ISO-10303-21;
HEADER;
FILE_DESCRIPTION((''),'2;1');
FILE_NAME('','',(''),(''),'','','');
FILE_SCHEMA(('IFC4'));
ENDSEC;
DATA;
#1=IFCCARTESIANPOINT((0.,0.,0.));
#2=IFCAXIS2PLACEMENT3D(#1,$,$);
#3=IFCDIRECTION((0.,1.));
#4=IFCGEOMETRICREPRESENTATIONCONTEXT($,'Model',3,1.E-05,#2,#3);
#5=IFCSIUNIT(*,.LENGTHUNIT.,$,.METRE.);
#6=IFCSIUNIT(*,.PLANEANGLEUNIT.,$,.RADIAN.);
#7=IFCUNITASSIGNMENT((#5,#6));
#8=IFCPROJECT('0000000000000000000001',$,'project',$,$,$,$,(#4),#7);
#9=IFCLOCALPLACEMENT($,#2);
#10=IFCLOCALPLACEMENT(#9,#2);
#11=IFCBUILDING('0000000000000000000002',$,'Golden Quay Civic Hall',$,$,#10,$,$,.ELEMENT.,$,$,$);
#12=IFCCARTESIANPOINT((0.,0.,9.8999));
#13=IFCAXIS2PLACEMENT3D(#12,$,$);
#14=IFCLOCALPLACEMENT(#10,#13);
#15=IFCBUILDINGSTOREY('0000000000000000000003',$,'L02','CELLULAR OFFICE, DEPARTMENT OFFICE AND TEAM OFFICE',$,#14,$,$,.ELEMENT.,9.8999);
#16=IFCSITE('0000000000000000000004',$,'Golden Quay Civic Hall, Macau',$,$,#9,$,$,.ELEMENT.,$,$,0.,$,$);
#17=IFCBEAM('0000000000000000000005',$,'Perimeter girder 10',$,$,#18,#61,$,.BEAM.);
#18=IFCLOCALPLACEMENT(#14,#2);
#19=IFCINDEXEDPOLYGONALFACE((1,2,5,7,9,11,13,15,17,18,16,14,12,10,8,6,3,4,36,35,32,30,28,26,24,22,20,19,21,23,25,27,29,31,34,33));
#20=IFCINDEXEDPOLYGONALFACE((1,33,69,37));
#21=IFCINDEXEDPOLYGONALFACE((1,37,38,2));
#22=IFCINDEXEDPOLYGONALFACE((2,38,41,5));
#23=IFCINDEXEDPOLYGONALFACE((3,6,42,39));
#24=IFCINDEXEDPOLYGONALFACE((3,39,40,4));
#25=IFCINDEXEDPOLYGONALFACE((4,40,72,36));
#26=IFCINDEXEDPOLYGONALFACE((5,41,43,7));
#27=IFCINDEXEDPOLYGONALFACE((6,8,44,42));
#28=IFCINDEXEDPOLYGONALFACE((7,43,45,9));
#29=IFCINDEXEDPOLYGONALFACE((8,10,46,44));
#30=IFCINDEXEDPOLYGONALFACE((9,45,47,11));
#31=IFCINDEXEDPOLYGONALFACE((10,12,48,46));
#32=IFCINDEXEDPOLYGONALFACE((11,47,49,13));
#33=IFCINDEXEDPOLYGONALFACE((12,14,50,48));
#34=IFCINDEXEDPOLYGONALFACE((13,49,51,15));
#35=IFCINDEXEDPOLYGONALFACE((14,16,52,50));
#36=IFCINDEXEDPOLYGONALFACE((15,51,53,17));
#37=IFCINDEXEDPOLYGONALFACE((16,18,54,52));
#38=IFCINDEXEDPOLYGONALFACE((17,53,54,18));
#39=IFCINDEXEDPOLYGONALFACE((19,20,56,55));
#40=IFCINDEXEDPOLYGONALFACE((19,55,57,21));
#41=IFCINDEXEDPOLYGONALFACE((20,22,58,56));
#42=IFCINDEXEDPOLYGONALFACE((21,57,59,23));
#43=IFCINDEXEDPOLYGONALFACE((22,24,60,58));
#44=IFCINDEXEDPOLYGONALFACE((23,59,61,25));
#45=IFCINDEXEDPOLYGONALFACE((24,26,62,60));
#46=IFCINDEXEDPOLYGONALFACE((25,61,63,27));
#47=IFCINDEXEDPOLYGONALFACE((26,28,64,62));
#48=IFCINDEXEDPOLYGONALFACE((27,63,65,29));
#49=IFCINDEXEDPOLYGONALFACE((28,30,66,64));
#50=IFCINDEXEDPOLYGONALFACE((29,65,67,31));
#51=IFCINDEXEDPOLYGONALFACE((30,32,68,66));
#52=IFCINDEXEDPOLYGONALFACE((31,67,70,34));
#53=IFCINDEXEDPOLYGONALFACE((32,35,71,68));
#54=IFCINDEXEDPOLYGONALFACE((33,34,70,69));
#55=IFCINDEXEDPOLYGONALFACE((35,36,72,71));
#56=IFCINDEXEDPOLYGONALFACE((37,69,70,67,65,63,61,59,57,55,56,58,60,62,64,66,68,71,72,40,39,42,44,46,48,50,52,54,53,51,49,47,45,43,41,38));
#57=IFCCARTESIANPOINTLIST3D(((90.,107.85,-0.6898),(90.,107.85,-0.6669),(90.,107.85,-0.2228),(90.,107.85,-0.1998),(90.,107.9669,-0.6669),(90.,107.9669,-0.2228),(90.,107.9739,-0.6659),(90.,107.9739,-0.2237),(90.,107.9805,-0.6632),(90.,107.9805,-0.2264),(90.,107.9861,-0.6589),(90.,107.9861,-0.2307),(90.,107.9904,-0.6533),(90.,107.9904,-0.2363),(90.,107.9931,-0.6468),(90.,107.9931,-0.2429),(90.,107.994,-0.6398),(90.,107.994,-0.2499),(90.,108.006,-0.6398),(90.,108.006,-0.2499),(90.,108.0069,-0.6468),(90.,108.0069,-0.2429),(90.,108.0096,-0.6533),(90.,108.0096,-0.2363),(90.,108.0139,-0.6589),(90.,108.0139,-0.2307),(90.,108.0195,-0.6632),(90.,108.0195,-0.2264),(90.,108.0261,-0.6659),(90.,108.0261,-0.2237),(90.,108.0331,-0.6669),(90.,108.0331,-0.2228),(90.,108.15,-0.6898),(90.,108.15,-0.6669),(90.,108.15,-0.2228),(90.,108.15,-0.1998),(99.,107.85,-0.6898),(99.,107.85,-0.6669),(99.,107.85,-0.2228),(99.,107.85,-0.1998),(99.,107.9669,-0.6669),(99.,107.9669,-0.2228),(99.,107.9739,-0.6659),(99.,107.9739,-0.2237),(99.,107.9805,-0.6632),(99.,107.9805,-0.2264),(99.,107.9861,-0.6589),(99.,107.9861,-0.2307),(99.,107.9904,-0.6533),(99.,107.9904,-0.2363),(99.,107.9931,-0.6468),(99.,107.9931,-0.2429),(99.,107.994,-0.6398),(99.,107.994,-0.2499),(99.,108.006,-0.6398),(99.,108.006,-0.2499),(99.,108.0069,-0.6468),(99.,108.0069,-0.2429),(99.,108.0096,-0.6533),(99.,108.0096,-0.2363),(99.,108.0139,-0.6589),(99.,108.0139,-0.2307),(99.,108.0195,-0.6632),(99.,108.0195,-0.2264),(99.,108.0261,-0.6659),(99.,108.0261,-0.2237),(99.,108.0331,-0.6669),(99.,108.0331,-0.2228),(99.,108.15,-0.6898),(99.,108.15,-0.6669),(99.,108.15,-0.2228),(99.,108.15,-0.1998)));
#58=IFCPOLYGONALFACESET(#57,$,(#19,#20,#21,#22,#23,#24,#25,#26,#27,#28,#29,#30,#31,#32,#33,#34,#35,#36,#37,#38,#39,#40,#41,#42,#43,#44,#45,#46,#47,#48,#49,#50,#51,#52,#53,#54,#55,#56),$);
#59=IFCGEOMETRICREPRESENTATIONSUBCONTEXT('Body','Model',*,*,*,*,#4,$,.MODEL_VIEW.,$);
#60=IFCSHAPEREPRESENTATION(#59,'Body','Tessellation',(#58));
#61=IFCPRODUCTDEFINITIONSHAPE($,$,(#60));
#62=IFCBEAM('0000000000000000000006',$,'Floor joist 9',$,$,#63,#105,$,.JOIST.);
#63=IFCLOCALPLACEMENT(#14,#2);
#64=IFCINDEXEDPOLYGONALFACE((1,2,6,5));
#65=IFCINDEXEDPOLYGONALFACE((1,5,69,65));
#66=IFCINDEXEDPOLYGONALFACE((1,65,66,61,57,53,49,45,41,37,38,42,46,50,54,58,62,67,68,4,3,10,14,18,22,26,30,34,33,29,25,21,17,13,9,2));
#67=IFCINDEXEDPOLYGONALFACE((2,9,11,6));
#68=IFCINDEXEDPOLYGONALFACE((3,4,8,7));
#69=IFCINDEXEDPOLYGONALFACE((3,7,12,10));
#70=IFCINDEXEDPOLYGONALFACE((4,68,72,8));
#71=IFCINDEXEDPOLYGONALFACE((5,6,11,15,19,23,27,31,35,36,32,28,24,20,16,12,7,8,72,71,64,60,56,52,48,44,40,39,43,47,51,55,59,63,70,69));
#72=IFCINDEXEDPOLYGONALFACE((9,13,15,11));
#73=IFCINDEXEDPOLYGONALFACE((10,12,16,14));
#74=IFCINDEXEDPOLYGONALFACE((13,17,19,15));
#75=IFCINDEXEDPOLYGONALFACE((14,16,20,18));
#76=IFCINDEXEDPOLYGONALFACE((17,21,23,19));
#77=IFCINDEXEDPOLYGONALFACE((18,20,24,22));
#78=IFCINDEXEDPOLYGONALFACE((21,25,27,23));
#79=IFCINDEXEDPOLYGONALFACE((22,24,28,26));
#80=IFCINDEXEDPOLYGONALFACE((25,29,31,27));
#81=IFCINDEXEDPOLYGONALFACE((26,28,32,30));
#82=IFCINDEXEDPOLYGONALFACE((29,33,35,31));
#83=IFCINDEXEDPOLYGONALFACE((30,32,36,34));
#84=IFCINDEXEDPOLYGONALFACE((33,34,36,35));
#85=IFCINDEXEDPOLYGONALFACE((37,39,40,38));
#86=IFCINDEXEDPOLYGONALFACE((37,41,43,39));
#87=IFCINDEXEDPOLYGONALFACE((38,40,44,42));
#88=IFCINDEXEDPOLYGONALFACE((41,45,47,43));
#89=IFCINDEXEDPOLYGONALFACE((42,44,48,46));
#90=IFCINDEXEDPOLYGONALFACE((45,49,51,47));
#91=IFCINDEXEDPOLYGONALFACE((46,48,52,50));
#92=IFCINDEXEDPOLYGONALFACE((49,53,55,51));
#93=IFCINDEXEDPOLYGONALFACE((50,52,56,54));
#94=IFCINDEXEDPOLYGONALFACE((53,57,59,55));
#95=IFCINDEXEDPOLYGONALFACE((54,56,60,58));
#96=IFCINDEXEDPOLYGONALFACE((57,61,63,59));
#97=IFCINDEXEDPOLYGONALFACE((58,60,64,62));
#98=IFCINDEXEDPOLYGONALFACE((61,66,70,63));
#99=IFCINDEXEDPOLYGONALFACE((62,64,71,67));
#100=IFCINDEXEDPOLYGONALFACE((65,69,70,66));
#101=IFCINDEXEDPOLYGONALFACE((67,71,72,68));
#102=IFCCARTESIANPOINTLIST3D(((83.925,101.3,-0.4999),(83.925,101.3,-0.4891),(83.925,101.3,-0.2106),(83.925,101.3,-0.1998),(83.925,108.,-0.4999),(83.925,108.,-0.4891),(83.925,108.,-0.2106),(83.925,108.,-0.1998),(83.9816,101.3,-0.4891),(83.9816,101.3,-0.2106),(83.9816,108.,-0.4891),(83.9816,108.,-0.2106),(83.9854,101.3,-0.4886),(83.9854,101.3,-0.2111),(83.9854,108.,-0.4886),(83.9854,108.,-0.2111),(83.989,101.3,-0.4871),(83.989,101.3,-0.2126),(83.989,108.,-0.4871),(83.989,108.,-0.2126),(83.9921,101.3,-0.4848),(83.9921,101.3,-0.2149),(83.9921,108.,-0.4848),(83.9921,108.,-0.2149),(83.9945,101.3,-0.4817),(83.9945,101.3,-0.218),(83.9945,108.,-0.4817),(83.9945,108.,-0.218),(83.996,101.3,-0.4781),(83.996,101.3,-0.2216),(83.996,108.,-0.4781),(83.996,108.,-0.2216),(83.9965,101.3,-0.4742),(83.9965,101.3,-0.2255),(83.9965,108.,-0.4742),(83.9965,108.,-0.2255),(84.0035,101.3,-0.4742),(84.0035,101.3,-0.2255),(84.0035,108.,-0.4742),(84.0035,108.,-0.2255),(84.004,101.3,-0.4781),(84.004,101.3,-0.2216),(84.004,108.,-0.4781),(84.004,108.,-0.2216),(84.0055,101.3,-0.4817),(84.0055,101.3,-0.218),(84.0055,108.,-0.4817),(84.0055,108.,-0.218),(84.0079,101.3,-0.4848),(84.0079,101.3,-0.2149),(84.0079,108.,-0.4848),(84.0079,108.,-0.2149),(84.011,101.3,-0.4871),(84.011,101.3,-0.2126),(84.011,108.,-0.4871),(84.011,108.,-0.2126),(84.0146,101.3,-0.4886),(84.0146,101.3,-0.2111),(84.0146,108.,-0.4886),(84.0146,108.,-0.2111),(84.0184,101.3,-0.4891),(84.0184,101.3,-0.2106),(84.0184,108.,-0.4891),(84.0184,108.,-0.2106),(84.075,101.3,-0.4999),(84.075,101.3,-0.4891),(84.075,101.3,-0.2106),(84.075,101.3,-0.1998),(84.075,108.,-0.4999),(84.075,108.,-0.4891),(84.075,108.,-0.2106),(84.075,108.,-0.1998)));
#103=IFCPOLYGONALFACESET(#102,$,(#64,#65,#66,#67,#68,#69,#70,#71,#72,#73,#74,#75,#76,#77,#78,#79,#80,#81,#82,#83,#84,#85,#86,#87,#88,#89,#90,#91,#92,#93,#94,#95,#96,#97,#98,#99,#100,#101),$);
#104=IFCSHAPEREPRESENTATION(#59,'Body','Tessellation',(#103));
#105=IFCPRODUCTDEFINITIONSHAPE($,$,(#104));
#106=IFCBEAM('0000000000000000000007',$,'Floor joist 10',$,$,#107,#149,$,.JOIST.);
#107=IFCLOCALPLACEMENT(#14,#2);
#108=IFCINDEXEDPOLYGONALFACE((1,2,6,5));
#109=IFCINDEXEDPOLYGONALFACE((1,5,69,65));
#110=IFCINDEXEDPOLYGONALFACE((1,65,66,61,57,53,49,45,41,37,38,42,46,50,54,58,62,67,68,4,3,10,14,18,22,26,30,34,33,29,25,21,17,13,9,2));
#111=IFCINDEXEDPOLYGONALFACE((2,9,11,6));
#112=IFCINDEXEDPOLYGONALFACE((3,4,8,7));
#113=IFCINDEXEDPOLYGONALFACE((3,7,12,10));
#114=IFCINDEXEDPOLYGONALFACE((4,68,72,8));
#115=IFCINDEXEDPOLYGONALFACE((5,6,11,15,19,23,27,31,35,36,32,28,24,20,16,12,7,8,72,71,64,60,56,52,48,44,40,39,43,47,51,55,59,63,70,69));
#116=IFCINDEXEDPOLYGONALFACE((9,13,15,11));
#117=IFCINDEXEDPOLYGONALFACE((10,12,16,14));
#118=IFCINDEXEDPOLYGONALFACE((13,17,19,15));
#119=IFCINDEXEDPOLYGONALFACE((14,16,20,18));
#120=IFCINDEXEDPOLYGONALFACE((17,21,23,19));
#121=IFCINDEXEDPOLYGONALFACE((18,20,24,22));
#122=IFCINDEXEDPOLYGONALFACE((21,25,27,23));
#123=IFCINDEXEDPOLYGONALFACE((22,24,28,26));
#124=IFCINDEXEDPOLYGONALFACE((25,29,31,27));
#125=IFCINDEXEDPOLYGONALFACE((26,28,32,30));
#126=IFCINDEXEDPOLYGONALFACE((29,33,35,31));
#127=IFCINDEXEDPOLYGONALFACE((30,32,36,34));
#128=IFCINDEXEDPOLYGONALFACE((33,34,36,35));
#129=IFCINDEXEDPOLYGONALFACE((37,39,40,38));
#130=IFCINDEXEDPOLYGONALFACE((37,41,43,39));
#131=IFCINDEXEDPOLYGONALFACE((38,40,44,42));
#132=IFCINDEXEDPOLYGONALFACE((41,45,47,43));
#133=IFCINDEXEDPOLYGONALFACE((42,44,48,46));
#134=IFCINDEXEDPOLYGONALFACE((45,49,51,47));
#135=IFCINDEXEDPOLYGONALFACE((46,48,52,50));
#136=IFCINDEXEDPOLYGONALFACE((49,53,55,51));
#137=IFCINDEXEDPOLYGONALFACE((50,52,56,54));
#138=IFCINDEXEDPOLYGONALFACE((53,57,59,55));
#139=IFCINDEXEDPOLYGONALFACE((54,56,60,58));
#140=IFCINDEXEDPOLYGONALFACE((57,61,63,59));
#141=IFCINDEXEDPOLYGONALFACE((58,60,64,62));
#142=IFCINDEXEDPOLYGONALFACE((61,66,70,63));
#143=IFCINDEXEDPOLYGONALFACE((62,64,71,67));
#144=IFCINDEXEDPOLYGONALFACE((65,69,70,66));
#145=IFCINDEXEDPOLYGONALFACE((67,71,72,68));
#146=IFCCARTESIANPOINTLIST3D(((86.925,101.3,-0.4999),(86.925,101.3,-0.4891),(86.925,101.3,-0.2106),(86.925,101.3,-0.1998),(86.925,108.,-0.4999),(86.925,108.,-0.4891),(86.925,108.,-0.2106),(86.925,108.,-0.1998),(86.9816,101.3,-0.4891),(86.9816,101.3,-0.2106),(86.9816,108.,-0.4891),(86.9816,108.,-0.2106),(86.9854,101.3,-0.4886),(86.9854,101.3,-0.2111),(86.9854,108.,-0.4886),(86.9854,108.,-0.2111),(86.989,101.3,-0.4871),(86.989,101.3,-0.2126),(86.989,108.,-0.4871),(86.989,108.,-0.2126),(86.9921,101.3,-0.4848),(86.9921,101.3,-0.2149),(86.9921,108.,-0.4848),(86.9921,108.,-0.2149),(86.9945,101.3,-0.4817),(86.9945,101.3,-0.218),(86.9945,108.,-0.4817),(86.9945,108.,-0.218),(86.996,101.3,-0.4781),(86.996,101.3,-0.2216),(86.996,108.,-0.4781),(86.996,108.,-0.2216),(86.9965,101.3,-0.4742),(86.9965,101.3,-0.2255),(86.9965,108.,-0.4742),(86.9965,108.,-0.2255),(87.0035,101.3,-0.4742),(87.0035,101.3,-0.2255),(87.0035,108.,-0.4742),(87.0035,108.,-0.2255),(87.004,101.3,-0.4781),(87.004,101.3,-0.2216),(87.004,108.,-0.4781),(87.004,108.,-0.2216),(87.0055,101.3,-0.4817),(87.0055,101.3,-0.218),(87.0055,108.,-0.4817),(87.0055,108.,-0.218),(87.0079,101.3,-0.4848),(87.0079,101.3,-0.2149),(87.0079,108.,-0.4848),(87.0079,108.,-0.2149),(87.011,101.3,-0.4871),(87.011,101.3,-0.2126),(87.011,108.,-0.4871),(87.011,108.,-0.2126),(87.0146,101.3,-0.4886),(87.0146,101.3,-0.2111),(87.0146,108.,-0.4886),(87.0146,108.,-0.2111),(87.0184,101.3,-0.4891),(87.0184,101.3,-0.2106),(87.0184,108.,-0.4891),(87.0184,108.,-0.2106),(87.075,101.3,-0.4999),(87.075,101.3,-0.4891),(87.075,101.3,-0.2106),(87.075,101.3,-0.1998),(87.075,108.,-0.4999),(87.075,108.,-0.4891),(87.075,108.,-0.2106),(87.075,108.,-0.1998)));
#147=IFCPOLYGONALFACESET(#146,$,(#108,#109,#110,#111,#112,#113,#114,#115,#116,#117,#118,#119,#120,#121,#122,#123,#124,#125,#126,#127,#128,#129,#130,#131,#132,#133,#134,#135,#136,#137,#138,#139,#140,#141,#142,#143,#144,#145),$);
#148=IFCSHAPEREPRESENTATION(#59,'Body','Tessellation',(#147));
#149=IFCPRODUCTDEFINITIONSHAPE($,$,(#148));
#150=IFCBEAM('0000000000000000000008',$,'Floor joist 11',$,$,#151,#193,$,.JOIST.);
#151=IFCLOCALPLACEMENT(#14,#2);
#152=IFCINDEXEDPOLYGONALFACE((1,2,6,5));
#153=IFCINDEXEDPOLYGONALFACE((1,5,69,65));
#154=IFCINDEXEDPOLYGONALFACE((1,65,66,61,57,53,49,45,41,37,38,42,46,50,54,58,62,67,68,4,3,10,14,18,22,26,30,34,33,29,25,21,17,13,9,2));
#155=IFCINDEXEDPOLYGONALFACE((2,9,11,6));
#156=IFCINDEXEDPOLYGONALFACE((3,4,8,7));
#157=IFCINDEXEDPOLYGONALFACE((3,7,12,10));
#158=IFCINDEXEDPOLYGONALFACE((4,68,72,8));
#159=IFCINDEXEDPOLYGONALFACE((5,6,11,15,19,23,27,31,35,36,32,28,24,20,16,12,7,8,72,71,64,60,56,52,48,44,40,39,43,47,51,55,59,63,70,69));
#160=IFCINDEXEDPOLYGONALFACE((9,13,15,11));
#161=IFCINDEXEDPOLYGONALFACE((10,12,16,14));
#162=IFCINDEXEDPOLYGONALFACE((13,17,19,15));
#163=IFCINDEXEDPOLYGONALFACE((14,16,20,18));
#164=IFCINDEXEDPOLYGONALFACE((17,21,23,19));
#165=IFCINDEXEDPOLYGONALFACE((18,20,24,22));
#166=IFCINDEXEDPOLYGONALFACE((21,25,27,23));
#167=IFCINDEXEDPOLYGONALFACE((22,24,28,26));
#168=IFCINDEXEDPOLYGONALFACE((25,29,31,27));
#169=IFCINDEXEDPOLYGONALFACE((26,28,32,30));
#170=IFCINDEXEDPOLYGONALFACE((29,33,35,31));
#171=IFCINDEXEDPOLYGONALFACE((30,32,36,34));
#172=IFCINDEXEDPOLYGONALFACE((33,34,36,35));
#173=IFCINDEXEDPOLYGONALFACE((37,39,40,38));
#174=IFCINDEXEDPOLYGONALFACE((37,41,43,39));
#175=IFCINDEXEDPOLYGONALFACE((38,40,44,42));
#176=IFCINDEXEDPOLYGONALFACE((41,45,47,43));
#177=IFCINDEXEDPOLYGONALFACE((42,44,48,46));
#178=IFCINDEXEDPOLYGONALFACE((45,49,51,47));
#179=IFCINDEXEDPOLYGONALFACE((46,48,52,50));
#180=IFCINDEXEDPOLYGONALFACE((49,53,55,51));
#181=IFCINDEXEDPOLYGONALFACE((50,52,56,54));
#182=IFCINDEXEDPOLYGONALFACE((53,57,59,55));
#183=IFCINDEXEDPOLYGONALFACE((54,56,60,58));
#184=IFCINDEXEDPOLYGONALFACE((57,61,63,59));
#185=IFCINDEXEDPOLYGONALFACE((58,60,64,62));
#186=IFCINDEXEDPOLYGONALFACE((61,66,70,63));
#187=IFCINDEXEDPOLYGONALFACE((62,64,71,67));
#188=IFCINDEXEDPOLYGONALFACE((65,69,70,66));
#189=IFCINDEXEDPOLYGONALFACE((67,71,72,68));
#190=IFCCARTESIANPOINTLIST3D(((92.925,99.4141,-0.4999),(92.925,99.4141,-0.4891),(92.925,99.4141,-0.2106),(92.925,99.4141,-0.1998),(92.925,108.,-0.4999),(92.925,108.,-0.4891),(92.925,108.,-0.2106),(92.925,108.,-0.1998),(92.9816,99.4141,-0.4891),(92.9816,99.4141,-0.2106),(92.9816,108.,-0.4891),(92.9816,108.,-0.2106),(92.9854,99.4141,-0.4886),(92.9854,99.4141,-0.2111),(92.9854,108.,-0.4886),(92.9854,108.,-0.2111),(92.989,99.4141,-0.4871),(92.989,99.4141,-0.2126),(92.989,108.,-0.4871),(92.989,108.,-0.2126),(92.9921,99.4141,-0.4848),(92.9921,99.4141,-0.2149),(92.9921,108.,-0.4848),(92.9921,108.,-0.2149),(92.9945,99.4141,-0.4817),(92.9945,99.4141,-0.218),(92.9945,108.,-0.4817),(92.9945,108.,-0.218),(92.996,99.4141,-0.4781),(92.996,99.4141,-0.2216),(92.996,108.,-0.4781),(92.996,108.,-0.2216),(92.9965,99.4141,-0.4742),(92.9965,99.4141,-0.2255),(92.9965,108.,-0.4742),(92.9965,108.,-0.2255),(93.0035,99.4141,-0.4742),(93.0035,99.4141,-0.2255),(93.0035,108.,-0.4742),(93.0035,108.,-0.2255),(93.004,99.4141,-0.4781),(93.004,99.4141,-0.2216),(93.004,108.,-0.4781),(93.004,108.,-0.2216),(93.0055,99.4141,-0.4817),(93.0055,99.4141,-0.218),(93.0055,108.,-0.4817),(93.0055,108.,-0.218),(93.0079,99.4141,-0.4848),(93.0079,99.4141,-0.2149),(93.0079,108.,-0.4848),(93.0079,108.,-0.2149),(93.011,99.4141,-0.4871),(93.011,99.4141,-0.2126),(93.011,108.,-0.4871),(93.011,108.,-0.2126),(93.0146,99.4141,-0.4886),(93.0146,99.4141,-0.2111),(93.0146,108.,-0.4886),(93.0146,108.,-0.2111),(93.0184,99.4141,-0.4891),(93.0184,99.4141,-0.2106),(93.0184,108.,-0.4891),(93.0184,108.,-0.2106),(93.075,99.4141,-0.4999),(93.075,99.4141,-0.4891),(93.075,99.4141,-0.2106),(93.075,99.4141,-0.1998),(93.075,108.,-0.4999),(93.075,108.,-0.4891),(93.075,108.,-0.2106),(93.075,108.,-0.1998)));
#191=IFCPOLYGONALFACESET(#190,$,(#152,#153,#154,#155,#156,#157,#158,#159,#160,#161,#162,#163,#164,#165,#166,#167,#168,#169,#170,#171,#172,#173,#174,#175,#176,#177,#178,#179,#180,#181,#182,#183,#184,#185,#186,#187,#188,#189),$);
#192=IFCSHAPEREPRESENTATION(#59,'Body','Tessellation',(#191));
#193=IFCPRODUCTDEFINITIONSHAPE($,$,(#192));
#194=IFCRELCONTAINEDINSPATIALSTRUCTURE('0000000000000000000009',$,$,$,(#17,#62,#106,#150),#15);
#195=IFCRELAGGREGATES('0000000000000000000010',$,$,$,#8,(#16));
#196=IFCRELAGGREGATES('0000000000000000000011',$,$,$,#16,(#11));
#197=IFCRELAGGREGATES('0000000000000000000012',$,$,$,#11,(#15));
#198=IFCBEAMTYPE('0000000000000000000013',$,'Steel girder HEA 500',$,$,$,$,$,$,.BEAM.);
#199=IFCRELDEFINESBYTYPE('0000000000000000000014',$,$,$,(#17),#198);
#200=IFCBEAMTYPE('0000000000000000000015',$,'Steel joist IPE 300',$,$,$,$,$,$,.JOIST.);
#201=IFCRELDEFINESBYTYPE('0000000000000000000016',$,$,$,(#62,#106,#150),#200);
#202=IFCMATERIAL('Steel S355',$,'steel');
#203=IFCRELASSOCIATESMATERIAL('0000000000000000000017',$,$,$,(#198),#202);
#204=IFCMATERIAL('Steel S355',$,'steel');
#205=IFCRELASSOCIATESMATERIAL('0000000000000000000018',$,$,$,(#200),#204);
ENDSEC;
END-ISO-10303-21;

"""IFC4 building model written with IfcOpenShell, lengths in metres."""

from ifc_helpers import new_model, si_unit, direction, frame, origin, origin_2d, place, context, subcontext, project, spatial, i_section, extrude, material, material_profile, profile_set, type_object, element, save


model = new_model("IFC4")

# Units and contexts
model_context = context("Model", 3, precision=1e-05, world=origin(), true_north=direction((0.0, 1.0)))
body_context = subcontext(model_context, "Body", "Model", "MODEL_VIEW")
ifc_project = project(units=[si_unit("LENGTHUNIT", "METRE"), si_unit("PLANEANGLEUNIT", "RADIAN")], contexts=[model_context])

# Site, building, storey
site_placement = place(None, origin())
site = spatial("IfcSite", under=ifc_project, at=site_placement, Name="Golden Quay Civic Hall, Macau", CompositionType="ELEMENT", RefElevation=0.0)
building_placement = place(site_placement, origin())
building = spatial("IfcBuilding", under=site, at=building_placement, Name="Golden Quay Civic Hall", CompositionType="ELEMENT")
storey_placement = place(building_placement, frame((0.0, 0.0, 9.8999)))
storey = spatial("IfcBuildingStorey", under=building, at=storey_placement, Name="L02", Description="CELLULAR OFFICE, DEPARTMENT OFFICE AND TEAM OFFICE", CompositionType="ELEMENT", Elevation=9.8999)

# Beams
ifc_material_1 = material(Name="Steel S355", Category="steel")
ifc_material_profile_1 = material_profile(ifc_material_1, i_section(OverallWidth=0.3, OverallDepth=0.49, WebThickness=0.012, FlangeThickness=0.0229, FilletRadius=0.0271, at=origin_2d()), Name="HEA 500")
ifc_profile_set_1 = profile_set([ifc_material_profile_1], Name="Steel S355")
beam_type_1 = type_object("IfcBeamType", Name="Steel girder HEA 500", PredefinedType="BEAM", material=ifc_profile_set_1)
beam_1_placement = place(storey_placement, frame((90.0, 108.0, -0.4448), z_axis=(1.0, 0.0, 0.0), x_axis=(0.0, 1.0, 0.0)))
element("IfcBeam", 1, at=beam_1_placement, inside=storey, type_object=beam_type_1, Name="Perimeter girder 10", PredefinedType="BEAM", context=body_context, shape_type="SweptSolid", body=[
    extrude(i_section(OverallWidth=0.3, OverallDepth=0.49, WebThickness=0.012, FlangeThickness=0.0229, FilletRadius=0.0271, at=origin_2d()), origin(), (0.0, 0.0, 1.0), 9.0),
])
ifc_material_2 = material(Name="Steel S355", Category="steel")
ifc_material_profile_2 = material_profile(ifc_material_2, i_section(OverallWidth=0.1499, OverallDepth=0.3, WebThickness=0.0071, FlangeThickness=0.0107, FilletRadius=0.0149, at=origin_2d()), Name="IPE 300")
ifc_profile_set_2 = profile_set([ifc_material_profile_2], Name="Steel S355")
beam_type_2 = type_object("IfcBeamType", Name="Steel joist IPE 300", PredefinedType="JOIST", material=ifc_profile_set_2)
for number, where, z_axis, x_axis, name in (
    (2, (84.0, 108.0, -0.3499), (0.0, -1.0, 0.0), (1.0, 0.0, 0.0), "Floor joist 9"),
    (3, (87.0, 108.0, -0.3499), (0.0, -1.0, 0.0), (1.0, 0.0, 0.0), "Floor joist 10"),
):
    element("IfcBeam", number, at=place(storey_placement, frame(where, z_axis=z_axis, x_axis=x_axis)), inside=storey, type_object=beam_type_2, Name=name, PredefinedType="JOIST", context=body_context, shape_type="SweptSolid", body=[
        extrude(i_section(OverallWidth=0.1499, OverallDepth=0.3, WebThickness=0.0071, FlangeThickness=0.0107, FilletRadius=0.0149, at=origin_2d()), origin(), (0.0, 0.0, 1.0), 6.7),
    ])
beam_2_placement = place(storey_placement, frame((93.0, 108.0, -0.3499), z_axis=(0.0, -1.0, 0.0), x_axis=(1.0, 0.0, 0.0)))
element("IfcBeam", 4, at=beam_2_placement, inside=storey, type_object=beam_type_2, Name="Floor joist 11", PredefinedType="JOIST", context=body_context, shape_type="SweptSolid", body=[
    extrude(i_section(OverallWidth=0.1499, OverallDepth=0.3, WebThickness=0.0071, FlangeThickness=0.0107, FilletRadius=0.0149, at=origin_2d()), origin(), (0.0, 0.0, 1.0), 8.5859),
])

save(model, "model.ifc")
